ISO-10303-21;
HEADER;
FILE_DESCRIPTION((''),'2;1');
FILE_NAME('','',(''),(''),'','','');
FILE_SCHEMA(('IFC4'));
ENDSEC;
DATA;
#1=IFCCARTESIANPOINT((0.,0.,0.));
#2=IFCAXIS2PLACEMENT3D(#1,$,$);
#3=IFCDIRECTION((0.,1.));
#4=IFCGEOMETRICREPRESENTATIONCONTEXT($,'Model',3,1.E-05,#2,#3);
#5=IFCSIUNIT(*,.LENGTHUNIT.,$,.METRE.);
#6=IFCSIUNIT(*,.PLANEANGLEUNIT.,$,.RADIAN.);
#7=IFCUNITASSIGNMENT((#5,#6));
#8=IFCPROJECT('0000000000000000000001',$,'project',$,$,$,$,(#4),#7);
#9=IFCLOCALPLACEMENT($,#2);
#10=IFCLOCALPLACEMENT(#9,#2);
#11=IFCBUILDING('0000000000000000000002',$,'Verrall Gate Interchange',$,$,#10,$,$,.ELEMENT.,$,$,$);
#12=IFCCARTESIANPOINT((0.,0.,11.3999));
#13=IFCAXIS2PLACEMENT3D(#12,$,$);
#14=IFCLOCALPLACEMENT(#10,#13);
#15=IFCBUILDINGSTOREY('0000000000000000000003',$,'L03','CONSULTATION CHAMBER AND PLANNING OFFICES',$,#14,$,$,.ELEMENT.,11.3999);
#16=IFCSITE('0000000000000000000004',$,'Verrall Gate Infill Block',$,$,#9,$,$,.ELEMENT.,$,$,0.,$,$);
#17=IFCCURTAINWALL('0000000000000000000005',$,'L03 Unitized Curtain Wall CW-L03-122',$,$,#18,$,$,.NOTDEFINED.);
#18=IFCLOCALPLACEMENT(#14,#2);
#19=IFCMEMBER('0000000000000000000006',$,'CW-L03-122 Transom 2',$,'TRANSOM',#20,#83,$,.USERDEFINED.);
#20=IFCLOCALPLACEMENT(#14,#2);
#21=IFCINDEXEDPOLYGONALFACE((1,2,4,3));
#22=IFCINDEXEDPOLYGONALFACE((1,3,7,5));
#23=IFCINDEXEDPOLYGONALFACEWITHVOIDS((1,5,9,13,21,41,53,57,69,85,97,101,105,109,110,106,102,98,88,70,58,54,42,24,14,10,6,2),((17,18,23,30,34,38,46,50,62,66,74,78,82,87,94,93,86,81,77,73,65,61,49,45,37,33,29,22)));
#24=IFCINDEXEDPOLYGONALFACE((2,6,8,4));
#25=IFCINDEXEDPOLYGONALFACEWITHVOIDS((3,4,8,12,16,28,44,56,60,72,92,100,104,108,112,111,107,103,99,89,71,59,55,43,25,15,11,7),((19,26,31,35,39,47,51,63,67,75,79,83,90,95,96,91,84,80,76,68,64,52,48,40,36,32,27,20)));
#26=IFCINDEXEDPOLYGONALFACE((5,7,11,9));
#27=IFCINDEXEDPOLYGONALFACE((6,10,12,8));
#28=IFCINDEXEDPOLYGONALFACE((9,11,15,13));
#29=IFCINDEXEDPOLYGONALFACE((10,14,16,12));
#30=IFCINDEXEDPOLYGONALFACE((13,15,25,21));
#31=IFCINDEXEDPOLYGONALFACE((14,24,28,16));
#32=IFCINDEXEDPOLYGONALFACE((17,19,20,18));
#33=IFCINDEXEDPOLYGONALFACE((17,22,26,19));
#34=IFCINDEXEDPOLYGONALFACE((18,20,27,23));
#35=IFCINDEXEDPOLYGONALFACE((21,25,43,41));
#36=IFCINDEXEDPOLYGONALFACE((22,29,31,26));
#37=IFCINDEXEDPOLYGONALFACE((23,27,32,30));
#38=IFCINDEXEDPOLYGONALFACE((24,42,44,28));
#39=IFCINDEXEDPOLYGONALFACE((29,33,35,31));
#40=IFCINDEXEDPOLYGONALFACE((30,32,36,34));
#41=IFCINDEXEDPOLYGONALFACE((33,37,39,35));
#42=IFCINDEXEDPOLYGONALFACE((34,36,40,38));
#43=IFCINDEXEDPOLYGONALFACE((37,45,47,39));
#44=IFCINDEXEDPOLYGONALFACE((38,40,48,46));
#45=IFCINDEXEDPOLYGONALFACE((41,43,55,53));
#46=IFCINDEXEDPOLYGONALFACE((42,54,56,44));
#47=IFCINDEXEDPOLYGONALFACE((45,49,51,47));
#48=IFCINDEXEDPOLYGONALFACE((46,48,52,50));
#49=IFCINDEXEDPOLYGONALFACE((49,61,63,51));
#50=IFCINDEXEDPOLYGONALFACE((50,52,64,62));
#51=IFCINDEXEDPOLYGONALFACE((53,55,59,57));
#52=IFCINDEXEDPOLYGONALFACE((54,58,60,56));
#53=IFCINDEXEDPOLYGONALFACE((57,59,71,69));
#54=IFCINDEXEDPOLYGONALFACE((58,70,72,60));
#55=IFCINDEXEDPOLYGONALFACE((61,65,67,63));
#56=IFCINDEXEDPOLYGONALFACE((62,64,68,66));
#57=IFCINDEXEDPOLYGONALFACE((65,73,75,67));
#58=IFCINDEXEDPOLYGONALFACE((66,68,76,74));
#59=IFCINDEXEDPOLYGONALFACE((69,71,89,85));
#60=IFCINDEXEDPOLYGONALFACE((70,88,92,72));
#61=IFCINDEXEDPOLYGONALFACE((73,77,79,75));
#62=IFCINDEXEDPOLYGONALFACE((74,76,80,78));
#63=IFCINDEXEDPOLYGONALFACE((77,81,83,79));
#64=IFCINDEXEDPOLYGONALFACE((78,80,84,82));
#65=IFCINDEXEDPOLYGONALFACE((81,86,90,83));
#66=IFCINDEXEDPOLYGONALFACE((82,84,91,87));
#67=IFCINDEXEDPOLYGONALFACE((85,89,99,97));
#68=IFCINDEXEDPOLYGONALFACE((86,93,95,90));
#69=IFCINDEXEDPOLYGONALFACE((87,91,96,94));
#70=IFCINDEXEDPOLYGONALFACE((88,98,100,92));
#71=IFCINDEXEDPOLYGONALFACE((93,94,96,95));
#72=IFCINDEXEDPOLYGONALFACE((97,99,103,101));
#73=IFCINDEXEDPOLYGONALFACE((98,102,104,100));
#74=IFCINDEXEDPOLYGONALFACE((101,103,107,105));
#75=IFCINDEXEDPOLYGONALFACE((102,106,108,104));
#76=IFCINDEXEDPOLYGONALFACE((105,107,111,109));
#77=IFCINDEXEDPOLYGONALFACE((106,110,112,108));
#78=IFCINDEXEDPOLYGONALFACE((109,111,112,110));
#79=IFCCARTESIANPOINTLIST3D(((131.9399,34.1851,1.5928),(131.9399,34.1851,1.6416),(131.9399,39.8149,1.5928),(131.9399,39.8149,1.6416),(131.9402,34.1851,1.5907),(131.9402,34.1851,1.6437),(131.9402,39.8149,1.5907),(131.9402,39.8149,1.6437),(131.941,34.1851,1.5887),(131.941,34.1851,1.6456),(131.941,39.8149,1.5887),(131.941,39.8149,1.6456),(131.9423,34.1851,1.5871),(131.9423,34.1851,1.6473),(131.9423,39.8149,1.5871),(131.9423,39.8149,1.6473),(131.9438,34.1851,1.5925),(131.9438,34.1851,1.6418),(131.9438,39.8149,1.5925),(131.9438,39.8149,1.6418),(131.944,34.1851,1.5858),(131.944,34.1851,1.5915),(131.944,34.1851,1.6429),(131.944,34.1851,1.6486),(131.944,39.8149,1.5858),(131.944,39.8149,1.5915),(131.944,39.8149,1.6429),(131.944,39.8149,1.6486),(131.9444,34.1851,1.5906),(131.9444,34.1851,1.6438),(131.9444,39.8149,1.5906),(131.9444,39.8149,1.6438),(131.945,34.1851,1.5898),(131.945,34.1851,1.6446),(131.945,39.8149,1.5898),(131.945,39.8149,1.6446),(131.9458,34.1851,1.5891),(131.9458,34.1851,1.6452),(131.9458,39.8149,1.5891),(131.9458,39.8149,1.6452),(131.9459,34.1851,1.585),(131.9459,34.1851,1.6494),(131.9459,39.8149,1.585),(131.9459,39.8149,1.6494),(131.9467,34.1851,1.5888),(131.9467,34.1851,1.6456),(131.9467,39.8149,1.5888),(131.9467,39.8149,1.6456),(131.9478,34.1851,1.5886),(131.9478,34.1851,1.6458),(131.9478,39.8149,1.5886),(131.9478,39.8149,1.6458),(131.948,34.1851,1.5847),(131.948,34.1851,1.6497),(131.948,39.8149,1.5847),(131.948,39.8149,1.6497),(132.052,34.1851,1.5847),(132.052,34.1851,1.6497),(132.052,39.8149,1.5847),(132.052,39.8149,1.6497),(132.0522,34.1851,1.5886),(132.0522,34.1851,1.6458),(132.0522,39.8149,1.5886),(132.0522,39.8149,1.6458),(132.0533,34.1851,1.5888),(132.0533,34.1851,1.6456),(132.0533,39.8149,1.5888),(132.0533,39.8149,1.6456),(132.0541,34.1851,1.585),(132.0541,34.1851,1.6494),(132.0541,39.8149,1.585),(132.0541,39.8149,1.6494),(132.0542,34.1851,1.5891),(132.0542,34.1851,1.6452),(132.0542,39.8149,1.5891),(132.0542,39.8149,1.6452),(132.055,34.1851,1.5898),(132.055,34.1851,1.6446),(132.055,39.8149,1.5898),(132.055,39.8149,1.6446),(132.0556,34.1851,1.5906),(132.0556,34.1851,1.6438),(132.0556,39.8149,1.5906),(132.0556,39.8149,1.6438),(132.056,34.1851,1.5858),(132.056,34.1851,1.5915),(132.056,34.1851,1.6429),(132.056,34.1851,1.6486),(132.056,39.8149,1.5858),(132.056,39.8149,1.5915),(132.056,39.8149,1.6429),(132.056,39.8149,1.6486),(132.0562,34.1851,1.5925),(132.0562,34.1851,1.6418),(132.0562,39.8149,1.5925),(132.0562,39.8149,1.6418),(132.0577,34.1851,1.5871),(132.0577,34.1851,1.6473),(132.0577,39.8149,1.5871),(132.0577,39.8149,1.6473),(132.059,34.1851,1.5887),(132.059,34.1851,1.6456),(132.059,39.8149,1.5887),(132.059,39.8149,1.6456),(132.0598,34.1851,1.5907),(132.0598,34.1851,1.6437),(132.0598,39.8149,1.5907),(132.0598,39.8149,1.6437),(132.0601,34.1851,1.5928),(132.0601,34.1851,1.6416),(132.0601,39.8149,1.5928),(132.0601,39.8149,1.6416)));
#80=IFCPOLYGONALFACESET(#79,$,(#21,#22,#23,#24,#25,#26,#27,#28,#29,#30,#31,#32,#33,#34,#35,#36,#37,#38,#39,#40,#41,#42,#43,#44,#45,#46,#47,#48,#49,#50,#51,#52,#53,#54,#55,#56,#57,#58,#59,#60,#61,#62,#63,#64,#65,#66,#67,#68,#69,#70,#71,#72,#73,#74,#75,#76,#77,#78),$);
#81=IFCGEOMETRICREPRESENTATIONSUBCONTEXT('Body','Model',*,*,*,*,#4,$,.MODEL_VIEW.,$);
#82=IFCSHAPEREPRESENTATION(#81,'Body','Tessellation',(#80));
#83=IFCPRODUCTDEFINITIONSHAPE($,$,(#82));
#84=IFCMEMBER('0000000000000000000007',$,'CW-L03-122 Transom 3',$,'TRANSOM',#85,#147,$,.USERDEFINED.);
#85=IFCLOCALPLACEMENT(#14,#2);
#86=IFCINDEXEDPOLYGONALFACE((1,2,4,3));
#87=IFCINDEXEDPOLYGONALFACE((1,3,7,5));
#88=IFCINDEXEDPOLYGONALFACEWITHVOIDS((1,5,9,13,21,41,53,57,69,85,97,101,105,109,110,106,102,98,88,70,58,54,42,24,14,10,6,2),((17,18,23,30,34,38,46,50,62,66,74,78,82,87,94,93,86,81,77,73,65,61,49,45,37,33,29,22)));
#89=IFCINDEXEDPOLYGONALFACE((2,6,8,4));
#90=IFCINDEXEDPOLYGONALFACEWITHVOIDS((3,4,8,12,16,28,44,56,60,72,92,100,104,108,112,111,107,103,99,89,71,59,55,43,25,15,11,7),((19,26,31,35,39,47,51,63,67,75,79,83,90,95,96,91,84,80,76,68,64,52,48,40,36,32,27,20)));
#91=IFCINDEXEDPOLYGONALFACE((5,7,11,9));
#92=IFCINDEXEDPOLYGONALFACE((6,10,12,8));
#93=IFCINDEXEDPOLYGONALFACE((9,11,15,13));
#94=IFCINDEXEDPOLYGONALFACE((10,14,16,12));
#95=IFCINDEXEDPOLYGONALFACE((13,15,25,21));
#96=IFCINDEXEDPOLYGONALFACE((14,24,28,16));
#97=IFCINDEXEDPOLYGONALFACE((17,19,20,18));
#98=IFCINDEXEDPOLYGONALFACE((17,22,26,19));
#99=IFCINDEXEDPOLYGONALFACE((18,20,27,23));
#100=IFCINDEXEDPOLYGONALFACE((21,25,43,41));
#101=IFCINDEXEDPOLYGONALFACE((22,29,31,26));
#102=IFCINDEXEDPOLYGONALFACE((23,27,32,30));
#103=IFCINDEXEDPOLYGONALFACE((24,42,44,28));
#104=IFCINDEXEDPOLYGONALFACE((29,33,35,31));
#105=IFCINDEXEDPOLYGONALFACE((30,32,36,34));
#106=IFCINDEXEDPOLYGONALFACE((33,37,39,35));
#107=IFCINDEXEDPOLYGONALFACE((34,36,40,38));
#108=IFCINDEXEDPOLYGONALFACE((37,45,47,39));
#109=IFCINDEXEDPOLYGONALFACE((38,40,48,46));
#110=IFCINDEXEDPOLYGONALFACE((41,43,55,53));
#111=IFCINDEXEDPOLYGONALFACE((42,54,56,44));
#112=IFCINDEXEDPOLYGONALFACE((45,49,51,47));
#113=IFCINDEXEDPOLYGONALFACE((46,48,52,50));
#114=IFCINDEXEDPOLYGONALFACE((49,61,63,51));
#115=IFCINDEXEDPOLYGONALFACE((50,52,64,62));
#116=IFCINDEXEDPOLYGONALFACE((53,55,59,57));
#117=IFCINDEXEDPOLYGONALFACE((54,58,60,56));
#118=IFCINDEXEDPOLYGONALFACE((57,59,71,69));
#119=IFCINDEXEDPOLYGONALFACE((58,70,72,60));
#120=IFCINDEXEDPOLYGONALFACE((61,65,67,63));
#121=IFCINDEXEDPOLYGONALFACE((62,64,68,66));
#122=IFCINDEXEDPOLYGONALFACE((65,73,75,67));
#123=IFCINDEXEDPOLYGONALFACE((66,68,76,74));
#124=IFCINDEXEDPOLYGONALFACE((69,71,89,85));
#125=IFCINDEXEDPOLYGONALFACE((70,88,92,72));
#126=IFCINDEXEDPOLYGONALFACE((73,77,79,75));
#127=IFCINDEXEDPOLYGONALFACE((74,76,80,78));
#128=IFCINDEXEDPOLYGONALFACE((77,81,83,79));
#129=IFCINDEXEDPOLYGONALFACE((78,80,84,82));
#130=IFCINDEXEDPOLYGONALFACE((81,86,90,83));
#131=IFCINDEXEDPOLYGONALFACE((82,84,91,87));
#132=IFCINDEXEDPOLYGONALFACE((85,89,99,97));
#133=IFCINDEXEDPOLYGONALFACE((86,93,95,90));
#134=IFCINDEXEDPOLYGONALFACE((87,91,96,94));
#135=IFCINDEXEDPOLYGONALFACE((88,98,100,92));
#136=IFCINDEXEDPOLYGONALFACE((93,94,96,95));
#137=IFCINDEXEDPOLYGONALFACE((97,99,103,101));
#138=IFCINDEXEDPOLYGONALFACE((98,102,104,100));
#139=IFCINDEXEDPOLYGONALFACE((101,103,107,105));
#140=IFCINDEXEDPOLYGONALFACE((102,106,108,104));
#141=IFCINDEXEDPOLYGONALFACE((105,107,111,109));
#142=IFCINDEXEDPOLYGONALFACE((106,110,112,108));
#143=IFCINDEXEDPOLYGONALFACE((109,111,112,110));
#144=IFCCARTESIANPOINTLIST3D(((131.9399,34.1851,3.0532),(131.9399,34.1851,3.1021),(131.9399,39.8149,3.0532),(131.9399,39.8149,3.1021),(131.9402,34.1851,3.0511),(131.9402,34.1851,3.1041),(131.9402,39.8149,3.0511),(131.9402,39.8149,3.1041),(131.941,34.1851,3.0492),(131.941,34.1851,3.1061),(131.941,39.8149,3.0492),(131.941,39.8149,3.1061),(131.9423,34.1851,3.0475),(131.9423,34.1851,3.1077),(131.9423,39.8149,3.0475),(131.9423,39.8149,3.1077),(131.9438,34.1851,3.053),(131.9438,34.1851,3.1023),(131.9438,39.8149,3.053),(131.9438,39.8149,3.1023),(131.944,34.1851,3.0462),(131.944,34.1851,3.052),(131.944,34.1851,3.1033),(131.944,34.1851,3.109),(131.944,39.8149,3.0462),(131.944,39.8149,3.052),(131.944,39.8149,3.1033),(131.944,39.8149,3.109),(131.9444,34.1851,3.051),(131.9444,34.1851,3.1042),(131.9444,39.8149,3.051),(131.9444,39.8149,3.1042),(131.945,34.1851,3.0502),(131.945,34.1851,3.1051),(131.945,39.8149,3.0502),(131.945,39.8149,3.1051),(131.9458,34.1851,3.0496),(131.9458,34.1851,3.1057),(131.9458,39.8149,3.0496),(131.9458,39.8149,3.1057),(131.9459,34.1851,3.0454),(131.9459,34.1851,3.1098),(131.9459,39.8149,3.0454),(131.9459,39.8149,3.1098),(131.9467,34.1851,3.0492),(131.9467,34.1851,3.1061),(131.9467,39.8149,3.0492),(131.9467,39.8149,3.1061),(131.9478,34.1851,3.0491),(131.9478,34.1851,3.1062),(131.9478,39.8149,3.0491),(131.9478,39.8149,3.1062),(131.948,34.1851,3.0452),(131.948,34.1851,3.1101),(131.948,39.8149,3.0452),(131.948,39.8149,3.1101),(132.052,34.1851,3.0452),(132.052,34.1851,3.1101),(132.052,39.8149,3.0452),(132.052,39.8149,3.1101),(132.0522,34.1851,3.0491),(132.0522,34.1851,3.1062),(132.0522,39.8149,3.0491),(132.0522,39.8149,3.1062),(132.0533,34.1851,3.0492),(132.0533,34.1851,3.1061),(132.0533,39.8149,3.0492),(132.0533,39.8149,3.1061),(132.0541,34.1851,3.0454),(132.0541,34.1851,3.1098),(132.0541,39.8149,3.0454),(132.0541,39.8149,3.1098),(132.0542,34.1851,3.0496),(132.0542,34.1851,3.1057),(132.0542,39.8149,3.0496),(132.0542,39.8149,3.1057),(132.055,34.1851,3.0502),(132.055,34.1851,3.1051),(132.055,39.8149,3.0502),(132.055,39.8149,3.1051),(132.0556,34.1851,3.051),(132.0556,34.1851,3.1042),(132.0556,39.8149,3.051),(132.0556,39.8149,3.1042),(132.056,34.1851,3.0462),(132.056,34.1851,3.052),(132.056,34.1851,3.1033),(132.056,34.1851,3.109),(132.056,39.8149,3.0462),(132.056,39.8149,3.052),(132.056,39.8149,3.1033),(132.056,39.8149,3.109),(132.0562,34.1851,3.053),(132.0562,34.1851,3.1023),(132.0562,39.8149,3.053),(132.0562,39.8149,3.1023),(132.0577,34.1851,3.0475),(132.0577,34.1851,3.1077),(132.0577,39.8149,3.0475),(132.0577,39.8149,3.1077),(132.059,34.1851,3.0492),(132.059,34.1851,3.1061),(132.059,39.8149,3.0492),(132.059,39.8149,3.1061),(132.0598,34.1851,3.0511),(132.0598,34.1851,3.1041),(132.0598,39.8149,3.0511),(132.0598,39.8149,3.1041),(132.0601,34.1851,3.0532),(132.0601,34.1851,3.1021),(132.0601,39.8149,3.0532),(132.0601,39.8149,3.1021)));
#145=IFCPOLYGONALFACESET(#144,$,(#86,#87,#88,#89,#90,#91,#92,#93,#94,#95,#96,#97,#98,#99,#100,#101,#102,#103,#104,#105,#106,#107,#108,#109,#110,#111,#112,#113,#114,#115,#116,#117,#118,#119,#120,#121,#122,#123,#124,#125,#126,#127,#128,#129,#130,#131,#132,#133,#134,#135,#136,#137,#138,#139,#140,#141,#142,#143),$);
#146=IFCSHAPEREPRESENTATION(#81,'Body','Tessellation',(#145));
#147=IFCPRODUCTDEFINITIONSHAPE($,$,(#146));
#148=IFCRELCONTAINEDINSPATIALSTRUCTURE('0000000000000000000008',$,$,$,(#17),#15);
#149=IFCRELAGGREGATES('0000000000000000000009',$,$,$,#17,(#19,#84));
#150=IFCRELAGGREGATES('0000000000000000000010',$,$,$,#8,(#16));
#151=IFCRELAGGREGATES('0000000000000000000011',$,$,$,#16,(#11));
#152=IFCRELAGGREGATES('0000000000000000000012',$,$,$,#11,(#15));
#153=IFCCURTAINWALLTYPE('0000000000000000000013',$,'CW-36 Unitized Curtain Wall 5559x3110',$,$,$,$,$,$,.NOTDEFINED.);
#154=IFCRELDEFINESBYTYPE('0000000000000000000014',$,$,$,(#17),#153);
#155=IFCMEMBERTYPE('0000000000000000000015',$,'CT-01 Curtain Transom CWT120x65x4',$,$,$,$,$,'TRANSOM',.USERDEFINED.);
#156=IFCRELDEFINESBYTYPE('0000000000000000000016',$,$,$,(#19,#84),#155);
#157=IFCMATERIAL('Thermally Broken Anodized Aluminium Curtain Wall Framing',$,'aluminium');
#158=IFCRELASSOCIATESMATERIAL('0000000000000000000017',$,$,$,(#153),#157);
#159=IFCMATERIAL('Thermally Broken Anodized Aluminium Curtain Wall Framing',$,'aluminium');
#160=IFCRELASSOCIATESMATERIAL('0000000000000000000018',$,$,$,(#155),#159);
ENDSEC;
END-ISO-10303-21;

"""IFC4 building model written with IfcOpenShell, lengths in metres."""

from ifc_helpers import new_model, si_unit, direction, frame, origin, origin_2d, place, context, subcontext, project, spatial, hollow_rectangle, extrude, material, material_profile, profile_set, type_object, element, aggregate, save


model = new_model("IFC4")

# Units and contexts
model_context = context("Model", 3, precision=1e-05, world=origin(), true_north=direction((0.0, 1.0)))
body_context = subcontext(model_context, "Body", "Model", "MODEL_VIEW")
ifc_project = project(units=[si_unit("LENGTHUNIT", "METRE"), si_unit("PLANEANGLEUNIT", "RADIAN")], contexts=[model_context])

# Site, building, storey
site_placement = place(None, origin())
site = spatial("IfcSite", under=ifc_project, at=site_placement, Name="Verrall Gate Infill Block", CompositionType="ELEMENT", RefElevation=0.0)
building_placement = place(site_placement, origin())
building = spatial("IfcBuilding", under=site, at=building_placement, Name="Verrall Gate Interchange", CompositionType="ELEMENT")
storey_placement = place(building_placement, frame((0.0, 0.0, 11.3999)))
storey = spatial("IfcBuildingStorey", under=building, at=storey_placement, Name="L03", Description="CONSULTATION CHAMBER AND PLANNING OFFICES", CompositionType="ELEMENT", Elevation=11.3999)

# Curtain wall
ifc_material_1 = material(Name="Thermally Broken Anodized Aluminium Curtain Wall Framing", Category="aluminium")
curtain_wall_type_1 = type_object("IfcCurtainWallType", Name="CW-36 Unitized Curtain Wall 5559x3110", PredefinedType="NOTDEFINED", material=ifc_material_1)
curtain_wall_1_placement = place(storey_placement, origin())
curtain_wall_1 = element("IfcCurtainWall", 1, at=curtain_wall_1_placement, inside=storey, type_object=curtain_wall_type_1, Name="L03 Unitized Curtain Wall CW-L03-122", PredefinedType="NOTDEFINED")

# Members
ifc_material_2 = material(Name="Thermally Broken Anodized Aluminium Curtain Wall Framing", Category="aluminium")
ifc_material_profile_1 = material_profile(ifc_material_2, hollow_rectangle(XDim=0.1201, YDim=0.0649, WallThickness=0.0039, InnerFilletRadius=0.0039, OuterFilletRadius=0.0081, at=origin_2d()), Name="CWT120x65x4")
ifc_profile_set_1 = profile_set([ifc_material_profile_1], Name="Thermally Broken Anodized Aluminium Curtain Wall Framing")
member_type_1 = type_object("IfcMemberType", Name="CT-01 Curtain Transom CWT120x65x4", ElementType="TRANSOM", PredefinedType="USERDEFINED", material=ifc_profile_set_1)
member_1_placement = place(storey_placement, frame((132.0, 39.8149, 1.6172), z_axis=(0.0, -1.0, 0.0), x_axis=(1.0, 0.0, 0.0)))
member_1 = element("IfcMember", 2, at=member_1_placement, type_object=member_type_1, Name="CW-L03-122 Transom 2", ObjectType="TRANSOM", PredefinedType="USERDEFINED", context=body_context, shape_type="SweptSolid", body=[
    extrude(hollow_rectangle(XDim=0.1201, YDim=0.0649, WallThickness=0.0039, InnerFilletRadius=0.0039, OuterFilletRadius=0.0081, at=origin_2d()), origin(), (0.0, 0.0, 1.0), 5.6299),
])
member_2_placement = place(storey_placement, frame((132.0, 39.8149, 3.0776), z_axis=(0.0, -1.0, 0.0), x_axis=(1.0, 0.0, 0.0)))
member_2 = element("IfcMember", 3, at=member_2_placement, type_object=member_type_1, Name="CW-L03-122 Transom 3", ObjectType="TRANSOM", PredefinedType="USERDEFINED", context=body_context, shape_type="SweptSolid", body=[
    extrude(hollow_rectangle(XDim=0.1201, YDim=0.0649, WallThickness=0.0039, InnerFilletRadius=0.0039, OuterFilletRadius=0.0081, at=origin_2d()), origin(), (0.0, 0.0, 1.0), 5.6299),
])

aggregate(curtain_wall_1, [member_1, member_2])

save(model, "model.ifc")
